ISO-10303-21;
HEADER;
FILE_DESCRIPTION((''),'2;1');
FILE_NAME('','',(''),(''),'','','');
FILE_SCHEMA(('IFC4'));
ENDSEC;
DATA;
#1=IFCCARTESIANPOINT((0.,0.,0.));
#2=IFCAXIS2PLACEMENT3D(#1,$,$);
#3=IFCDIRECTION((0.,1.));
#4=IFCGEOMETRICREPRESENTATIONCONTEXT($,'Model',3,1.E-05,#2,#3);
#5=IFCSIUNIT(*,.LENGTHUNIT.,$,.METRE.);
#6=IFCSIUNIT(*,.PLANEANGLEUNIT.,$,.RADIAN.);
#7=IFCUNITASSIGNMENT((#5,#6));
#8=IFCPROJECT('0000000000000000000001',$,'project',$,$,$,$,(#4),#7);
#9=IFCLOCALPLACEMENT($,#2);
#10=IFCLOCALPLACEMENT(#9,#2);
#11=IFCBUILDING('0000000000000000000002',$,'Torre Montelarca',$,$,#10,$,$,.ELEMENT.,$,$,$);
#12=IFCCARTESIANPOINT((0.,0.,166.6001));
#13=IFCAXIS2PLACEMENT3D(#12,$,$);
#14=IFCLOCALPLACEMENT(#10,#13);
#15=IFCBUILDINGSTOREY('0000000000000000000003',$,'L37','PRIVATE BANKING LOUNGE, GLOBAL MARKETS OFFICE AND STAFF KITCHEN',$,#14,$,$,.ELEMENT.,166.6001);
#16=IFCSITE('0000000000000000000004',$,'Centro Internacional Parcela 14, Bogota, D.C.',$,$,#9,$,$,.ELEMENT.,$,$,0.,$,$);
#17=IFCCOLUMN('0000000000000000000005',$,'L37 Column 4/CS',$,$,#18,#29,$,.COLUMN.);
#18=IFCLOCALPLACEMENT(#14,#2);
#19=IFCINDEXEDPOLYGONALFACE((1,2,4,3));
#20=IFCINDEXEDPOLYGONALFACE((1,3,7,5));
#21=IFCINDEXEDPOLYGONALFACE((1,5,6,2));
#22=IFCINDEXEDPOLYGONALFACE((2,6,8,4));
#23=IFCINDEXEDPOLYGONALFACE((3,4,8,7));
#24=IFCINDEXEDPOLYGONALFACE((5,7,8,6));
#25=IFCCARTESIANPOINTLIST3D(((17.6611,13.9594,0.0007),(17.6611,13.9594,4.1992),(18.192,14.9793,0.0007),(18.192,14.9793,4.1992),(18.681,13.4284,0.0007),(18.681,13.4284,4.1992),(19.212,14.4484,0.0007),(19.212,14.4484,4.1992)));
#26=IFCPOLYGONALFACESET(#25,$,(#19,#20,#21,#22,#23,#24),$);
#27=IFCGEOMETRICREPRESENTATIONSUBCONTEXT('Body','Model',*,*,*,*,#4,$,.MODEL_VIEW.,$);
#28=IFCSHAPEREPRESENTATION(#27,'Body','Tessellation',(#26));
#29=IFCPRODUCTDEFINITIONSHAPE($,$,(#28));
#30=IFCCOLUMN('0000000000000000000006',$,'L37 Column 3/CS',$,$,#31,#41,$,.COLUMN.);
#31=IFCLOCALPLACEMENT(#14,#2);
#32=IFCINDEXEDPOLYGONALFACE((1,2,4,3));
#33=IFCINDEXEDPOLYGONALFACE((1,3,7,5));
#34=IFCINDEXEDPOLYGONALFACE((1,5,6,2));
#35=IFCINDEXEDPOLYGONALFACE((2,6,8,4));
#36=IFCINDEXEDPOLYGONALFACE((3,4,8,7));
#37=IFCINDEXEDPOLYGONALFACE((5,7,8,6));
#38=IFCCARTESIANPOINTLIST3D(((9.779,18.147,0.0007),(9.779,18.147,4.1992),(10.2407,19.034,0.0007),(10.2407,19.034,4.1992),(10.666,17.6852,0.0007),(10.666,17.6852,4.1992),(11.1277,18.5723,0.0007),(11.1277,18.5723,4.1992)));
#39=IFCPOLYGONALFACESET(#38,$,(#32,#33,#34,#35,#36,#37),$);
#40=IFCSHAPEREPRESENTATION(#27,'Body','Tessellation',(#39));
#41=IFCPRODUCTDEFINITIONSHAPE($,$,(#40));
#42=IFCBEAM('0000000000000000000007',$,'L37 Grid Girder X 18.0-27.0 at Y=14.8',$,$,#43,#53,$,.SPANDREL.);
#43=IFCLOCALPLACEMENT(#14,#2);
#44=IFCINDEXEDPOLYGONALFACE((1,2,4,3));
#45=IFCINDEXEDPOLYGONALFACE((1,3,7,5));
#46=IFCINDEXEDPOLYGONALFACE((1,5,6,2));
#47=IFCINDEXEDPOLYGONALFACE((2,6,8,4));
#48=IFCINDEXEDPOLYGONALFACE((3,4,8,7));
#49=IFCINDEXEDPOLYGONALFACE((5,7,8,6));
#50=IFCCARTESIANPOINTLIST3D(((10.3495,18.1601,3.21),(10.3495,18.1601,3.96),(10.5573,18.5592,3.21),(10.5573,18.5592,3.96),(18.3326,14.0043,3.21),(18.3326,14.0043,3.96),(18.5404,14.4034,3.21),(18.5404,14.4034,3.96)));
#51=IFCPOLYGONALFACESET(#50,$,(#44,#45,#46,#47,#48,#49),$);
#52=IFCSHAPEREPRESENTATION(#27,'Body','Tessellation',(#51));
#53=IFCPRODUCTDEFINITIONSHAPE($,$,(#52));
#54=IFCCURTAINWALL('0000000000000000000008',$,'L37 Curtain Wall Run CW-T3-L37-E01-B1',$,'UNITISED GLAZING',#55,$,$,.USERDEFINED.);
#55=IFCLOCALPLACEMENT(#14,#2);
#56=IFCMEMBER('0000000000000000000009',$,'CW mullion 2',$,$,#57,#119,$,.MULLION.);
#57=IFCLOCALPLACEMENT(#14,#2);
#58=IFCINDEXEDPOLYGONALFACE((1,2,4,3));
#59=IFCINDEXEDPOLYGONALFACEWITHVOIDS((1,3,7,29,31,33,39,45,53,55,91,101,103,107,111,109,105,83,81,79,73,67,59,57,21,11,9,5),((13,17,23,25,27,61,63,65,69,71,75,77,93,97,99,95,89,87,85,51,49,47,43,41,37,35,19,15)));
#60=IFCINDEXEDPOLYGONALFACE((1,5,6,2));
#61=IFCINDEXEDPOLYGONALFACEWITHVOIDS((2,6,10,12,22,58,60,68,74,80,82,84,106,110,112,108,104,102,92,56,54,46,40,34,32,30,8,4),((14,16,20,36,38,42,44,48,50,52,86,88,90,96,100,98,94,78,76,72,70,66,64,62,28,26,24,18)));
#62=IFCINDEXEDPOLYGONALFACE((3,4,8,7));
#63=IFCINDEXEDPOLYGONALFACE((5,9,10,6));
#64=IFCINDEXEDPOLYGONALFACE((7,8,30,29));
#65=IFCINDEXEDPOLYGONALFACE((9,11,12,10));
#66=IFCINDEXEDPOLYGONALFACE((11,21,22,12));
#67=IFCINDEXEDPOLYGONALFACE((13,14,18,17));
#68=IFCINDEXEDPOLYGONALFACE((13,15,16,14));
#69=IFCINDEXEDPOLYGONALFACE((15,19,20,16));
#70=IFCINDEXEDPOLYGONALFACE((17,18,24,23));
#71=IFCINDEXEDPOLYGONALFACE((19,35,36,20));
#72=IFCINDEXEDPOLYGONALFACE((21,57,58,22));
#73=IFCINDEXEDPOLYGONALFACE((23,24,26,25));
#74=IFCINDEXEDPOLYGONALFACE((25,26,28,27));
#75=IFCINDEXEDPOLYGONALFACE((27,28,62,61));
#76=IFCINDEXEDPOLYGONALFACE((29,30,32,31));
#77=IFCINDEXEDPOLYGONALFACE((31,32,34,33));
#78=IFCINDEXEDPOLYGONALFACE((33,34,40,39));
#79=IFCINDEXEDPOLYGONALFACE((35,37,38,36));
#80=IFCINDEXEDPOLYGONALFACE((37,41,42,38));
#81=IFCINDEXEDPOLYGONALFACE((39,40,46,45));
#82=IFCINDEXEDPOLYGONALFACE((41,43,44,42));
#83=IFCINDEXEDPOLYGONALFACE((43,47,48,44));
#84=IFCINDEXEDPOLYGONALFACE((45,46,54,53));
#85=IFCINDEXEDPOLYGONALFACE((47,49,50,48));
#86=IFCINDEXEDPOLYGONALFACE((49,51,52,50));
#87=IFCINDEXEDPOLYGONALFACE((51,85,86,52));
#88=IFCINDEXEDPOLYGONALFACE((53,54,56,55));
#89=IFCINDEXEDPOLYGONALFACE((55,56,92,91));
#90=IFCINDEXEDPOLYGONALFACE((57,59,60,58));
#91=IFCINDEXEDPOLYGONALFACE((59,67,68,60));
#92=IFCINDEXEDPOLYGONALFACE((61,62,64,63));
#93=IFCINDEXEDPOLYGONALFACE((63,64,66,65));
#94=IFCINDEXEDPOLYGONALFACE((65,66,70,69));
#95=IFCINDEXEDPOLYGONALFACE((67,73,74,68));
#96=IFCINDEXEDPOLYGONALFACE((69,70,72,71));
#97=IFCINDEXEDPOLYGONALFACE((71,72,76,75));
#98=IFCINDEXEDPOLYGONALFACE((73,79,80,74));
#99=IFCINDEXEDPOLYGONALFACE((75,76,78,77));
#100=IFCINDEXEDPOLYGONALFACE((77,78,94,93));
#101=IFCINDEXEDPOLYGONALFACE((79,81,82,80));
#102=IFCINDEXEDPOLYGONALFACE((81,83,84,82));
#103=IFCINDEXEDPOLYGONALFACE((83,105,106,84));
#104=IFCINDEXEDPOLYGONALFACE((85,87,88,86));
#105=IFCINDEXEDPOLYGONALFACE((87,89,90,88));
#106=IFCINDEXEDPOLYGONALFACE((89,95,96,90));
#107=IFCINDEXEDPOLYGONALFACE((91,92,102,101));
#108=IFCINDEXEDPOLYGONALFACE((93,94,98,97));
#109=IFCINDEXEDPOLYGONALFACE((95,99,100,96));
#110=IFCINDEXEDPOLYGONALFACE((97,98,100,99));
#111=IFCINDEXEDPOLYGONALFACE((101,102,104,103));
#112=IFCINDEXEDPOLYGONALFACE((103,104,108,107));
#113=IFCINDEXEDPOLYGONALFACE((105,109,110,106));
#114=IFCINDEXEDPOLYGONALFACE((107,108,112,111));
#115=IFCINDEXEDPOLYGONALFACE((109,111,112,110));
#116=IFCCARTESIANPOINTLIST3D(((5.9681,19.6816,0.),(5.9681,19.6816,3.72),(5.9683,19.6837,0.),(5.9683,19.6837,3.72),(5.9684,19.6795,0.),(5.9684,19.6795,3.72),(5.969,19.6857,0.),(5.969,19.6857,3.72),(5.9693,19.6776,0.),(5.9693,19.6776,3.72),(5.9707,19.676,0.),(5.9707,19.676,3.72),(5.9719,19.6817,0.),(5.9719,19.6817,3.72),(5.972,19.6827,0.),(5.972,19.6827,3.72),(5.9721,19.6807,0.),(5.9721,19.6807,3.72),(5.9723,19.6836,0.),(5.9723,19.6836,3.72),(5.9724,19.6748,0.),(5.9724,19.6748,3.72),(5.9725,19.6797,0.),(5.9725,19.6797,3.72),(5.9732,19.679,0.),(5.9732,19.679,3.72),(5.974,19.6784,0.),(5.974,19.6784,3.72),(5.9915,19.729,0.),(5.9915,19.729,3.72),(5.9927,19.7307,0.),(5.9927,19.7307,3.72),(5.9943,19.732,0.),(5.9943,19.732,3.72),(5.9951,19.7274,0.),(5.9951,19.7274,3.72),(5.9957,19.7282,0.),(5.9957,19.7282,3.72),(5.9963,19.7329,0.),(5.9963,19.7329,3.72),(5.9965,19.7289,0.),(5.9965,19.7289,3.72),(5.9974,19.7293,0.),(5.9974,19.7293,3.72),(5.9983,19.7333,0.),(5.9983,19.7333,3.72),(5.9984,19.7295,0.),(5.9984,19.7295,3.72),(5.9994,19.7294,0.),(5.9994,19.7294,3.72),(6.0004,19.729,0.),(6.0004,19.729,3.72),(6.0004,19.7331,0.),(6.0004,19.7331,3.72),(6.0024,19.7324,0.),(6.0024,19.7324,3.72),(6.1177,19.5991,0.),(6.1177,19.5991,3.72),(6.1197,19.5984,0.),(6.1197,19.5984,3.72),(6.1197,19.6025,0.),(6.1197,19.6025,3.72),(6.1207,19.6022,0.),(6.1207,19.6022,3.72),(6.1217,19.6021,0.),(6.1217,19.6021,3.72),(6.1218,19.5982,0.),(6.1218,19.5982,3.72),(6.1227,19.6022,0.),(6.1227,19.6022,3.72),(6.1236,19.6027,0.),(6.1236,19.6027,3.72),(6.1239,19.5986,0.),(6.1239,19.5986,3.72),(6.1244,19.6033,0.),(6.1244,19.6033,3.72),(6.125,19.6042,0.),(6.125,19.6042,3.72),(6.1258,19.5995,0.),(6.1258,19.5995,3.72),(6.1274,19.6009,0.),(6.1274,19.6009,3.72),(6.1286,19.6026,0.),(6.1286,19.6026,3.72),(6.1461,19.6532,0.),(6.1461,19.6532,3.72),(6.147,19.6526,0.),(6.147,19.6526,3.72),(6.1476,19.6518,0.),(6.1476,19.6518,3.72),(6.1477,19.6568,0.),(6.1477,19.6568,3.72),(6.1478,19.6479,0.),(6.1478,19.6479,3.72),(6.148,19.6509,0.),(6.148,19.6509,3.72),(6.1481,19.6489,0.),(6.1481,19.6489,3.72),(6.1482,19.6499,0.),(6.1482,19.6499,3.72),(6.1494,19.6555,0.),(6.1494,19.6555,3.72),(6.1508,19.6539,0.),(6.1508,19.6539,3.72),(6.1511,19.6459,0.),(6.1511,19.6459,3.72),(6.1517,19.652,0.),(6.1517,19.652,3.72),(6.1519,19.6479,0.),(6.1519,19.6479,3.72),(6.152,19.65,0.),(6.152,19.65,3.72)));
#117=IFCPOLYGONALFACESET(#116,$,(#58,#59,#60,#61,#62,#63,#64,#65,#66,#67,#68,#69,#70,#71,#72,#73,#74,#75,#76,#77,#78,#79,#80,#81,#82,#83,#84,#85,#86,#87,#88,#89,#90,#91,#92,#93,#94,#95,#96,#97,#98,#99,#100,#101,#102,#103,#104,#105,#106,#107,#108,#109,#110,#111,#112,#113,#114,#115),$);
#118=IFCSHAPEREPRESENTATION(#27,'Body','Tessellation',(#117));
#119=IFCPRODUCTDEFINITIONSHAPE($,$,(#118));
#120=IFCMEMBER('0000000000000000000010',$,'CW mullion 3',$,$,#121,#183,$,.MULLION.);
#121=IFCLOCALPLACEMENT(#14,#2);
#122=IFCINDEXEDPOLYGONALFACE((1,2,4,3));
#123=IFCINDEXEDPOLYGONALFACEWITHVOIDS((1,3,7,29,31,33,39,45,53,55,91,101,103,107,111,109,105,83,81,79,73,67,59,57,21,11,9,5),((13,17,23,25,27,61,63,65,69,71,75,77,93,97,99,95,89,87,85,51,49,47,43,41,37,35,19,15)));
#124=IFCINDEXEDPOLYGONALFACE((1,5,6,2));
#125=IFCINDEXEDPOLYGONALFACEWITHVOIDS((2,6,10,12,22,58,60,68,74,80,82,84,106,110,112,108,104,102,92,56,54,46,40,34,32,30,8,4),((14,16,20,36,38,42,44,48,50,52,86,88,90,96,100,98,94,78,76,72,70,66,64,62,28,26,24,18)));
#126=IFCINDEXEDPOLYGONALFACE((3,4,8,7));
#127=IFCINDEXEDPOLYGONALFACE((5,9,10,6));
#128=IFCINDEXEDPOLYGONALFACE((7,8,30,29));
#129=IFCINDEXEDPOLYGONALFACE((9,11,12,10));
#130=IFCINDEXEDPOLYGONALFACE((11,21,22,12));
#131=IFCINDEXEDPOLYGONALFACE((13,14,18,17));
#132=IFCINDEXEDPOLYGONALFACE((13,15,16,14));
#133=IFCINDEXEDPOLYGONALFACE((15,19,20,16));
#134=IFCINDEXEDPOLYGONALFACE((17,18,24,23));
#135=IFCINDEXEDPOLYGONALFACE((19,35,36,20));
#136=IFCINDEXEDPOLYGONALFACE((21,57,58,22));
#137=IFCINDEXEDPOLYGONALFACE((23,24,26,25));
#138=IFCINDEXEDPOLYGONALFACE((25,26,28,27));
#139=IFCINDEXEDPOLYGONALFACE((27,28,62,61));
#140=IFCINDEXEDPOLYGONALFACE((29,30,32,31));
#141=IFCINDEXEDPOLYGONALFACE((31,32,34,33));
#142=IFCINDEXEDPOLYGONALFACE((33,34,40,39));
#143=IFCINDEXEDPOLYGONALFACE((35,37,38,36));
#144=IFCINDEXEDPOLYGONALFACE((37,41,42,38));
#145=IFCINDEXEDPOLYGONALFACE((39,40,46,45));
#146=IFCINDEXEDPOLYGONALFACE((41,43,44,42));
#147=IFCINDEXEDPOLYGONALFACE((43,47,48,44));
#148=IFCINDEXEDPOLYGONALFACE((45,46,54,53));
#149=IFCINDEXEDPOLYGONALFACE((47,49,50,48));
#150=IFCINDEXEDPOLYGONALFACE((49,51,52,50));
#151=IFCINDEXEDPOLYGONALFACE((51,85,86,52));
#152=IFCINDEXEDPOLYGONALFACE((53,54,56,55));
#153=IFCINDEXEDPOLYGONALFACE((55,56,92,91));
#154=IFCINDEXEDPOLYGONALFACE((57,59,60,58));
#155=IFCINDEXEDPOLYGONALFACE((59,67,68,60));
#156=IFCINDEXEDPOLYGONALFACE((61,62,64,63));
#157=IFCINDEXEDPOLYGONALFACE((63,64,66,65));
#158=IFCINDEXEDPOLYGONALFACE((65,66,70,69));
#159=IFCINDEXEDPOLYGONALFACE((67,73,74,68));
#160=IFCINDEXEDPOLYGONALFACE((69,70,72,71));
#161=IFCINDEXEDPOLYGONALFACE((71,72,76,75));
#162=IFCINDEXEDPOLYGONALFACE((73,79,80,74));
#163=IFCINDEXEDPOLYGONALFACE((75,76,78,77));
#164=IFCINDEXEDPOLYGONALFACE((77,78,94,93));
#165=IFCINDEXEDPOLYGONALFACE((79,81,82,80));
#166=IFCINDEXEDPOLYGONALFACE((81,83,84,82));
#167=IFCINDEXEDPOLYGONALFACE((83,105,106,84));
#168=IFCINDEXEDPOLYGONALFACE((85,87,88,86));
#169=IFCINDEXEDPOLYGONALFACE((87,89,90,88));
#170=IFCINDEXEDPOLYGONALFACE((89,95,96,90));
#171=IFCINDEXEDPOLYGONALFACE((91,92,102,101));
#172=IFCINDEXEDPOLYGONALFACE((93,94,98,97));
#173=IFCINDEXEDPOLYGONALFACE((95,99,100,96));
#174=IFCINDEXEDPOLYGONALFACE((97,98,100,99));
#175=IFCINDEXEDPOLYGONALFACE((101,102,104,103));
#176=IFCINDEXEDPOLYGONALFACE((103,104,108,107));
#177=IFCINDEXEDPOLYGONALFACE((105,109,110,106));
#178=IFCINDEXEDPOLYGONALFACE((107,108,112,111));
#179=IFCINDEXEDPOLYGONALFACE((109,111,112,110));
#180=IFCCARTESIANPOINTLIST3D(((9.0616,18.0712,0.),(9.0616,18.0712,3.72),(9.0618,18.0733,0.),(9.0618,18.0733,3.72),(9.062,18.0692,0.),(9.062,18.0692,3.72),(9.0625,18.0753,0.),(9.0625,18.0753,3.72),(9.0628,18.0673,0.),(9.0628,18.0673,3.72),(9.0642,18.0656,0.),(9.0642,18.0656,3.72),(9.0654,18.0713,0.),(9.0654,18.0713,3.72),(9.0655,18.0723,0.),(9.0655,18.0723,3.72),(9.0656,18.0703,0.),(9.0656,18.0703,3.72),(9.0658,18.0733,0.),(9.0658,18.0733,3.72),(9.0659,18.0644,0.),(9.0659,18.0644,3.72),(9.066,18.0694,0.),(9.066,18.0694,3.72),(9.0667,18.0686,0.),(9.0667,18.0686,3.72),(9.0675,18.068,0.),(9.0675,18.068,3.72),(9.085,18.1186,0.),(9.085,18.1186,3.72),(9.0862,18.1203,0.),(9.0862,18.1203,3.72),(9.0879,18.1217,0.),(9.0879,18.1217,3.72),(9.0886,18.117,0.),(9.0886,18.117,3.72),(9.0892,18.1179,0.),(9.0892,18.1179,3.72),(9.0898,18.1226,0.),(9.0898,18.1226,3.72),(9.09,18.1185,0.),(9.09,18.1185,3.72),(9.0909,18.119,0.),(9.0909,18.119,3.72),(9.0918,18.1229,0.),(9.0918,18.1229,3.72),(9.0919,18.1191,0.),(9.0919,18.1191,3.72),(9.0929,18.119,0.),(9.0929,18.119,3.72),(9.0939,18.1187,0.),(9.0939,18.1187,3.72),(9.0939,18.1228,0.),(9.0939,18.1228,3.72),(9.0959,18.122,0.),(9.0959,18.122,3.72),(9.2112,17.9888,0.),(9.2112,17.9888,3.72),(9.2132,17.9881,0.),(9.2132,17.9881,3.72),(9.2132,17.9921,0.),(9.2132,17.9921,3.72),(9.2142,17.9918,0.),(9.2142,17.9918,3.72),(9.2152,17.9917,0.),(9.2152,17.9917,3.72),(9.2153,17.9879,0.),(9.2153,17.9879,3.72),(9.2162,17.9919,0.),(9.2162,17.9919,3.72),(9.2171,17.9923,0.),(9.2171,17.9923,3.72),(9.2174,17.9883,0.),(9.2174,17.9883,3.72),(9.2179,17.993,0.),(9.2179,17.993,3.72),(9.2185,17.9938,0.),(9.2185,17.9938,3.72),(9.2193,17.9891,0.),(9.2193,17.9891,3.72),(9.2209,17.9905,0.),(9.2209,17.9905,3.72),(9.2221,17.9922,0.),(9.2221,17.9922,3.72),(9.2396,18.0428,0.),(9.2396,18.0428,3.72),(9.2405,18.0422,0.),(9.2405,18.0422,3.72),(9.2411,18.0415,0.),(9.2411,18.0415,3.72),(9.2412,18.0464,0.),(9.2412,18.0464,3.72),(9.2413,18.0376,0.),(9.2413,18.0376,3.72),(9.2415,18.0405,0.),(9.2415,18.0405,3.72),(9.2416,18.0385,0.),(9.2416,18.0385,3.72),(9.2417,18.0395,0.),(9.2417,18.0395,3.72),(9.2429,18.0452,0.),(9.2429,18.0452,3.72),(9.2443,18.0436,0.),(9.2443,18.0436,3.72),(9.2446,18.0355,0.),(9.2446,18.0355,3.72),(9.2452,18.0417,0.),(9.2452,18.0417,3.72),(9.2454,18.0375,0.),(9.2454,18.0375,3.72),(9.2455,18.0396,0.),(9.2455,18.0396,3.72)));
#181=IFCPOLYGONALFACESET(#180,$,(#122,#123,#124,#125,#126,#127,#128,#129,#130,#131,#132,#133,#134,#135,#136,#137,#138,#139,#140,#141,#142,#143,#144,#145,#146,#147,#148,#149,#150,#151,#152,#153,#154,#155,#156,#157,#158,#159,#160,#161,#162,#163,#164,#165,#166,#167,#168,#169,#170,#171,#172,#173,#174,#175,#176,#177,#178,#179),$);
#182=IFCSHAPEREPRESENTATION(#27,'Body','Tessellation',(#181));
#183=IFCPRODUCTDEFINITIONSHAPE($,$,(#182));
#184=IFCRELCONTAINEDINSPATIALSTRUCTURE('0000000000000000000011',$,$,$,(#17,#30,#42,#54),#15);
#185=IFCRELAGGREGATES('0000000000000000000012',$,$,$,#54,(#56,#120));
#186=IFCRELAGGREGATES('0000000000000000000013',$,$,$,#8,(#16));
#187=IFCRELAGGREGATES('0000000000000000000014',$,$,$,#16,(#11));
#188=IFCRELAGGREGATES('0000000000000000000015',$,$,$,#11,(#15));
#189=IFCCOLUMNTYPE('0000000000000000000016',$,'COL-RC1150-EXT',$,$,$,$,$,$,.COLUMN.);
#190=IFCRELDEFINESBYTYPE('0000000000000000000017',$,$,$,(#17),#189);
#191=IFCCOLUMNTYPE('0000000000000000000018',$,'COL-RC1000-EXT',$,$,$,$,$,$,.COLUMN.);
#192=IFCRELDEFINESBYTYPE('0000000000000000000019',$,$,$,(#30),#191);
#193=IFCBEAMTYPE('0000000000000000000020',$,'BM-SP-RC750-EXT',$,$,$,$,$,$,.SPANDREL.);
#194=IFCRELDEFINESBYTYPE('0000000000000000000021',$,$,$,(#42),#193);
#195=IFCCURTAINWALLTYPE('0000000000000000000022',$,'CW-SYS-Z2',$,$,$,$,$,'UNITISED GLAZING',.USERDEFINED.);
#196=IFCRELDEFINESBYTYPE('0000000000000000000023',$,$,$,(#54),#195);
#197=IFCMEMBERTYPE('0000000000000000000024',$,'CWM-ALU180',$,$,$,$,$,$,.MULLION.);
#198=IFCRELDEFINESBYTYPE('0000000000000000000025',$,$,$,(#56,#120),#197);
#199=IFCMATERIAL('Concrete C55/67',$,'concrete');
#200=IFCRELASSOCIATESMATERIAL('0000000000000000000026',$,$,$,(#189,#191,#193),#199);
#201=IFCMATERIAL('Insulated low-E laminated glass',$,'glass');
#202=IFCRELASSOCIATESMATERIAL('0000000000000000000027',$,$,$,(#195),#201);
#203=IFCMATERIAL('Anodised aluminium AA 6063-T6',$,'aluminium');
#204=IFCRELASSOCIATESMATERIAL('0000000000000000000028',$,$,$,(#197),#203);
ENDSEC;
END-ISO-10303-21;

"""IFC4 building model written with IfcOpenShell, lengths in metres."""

from ifc_helpers import new_model, si_unit, direction, frame, origin, origin_2d, place, context, subcontext, project, spatial, rectangle, hollow_rectangle, extrude, source, transform, mapped, material, material_profile, profile_set, type_object, element, aggregate, save


model = new_model("IFC4")

# Units and contexts
model_context = context("Model", 3, precision=1e-05, world=origin(), true_north=direction((0.0, 1.0)))
body_context = subcontext(model_context, "Body", "Model", "MODEL_VIEW")
ifc_project = project(units=[si_unit("LENGTHUNIT", "METRE"), si_unit("PLANEANGLEUNIT", "RADIAN")], contexts=[model_context])

# Site, building, storey
site_placement = place(None, origin())
site = spatial("IfcSite", under=ifc_project, at=site_placement, Name="Centro Internacional Parcela 14, Bogota, D.C.", CompositionType="ELEMENT", RefElevation=0.0)
building_placement = place(site_placement, origin())
building = spatial("IfcBuilding", under=site, at=building_placement, Name="Torre Montelarca", CompositionType="ELEMENT")
storey_placement = place(building_placement, frame((0.0, 0.0, 166.6001)))
storey = spatial("IfcBuildingStorey", under=building, at=storey_placement, Name="L37", Description="PRIVATE BANKING LOUNGE, GLOBAL MARKETS OFFICE AND STAFF KITCHEN", CompositionType="ELEMENT", Elevation=166.6001)

# Columns
ifc_material_1 = material(Name="Concrete C55/67", Category="concrete")
ifc_material_profile_1 = material_profile(ifc_material_1, rectangle(XDim=1.1499, YDim=1.1499, at=origin_2d()), Name="RC1150X1150", Category="concrete")
ifc_profile_set_1 = profile_set([ifc_material_profile_1], Name="Concrete C55/67")
column_type_1 = type_object("IfcColumnType", Name="COL-RC1150-EXT", PredefinedType="COLUMN", material=ifc_profile_set_1)
shared_shape_1 = source(origin(), body_context, "Body", "SweptSolid", [
    extrude(rectangle(XDim=1.1499, YDim=1.1499, at=origin_2d()), origin(), (0.0, 0.0, 1.0), 4.1985),
])
column_1_placement = place(storey_placement, frame((18.4365, 14.2039, 0.0007), z_axis=(0.0, 0.0, 1.0), x_axis=(-0.887011, 0.461749, 0.0)))
element("IfcColumn", 1, at=column_1_placement, inside=storey, type_object=column_type_1, Name="L37 Column 4/CS", PredefinedType="COLUMN", context=body_context, shape_type="MappedRepresentation", body=[
    mapped(shared_shape_1, transform((0.0, 0.0, 0.0), scale=1.0)),
])
ifc_material_profile_2 = material_profile(ifc_material_1, rectangle(XDim=1.0, YDim=1.0, at=origin_2d()), Name="RC1000X1000", Category="concrete")
ifc_profile_set_2 = profile_set([ifc_material_profile_2], Name="Concrete C55/67")
column_type_2 = type_object("IfcColumnType", Name="COL-RC1000-EXT", PredefinedType="COLUMN", material=ifc_profile_set_2)
shared_shape_2 = source(origin(), body_context, "Body", "SweptSolid", [
    extrude(rectangle(XDim=1.0, YDim=1.0, at=origin_2d()), origin(), (0.0, 0.0, 1.0), 4.1985),
])
column_2_placement = place(storey_placement, frame((10.4534, 18.3596, 0.0007), z_axis=(0.0, 0.0, 1.0), x_axis=(-0.887011, 0.461749, 0.0)))
element("IfcColumn", 2, at=column_2_placement, inside=storey, type_object=column_type_2, Name="L37 Column 3/CS", PredefinedType="COLUMN", context=body_context, shape_type="MappedRepresentation", body=[
    mapped(shared_shape_2, transform((0.0, 0.0, 0.0), scale=1.0)),
])

# Beam
ifc_material_profile_3 = material_profile(ifc_material_1, rectangle(XDim=0.45, YDim=0.75, at=origin_2d()), Name="RCB450X750", Category="concrete")
ifc_profile_set_3 = profile_set([ifc_material_profile_3], Name="Concrete C55/67")
beam_type = type_object("IfcBeamType", Name="BM-SP-RC750-EXT", PredefinedType="SPANDREL", material=ifc_profile_set_3)
shared_shape_3 = source(origin(), body_context, "Body", "SweptSolid", [
    extrude(rectangle(XDim=0.45, YDim=0.75, at=origin_2d()), origin(), (0.0, 0.0, 1.0), 9.0),
])
beam_placement = place(storey_placement, frame((10.4534, 18.3596, 3.585), z_axis=(0.887011, -0.461748, 0.0), x_axis=(0.461748, 0.887011, 0.0)))
element("IfcBeam", 3, at=beam_placement, inside=storey, type_object=beam_type, Name="L37 Grid Girder X 18.0-27.0 at Y=14.8", PredefinedType="SPANDREL", context=body_context, shape_type="MappedRepresentation", body=[
    mapped(shared_shape_3, transform((0.0, 0.0, 0.0), scale=1.0)),
])

# Curtain wall, members
ifc_material_2 = material(Name="Insulated low-E laminated glass", Category="glass")
curtain_wall_type = type_object("IfcCurtainWallType", Name="CW-SYS-Z2", ElementType="UNITISED GLAZING", PredefinedType="USERDEFINED", material=ifc_material_2)
curtain_wall_1_placement = place(storey_placement, origin())
curtain_wall_1 = element("IfcCurtainWall", 4, at=curtain_wall_1_placement, inside=storey, type_object=curtain_wall_type, Name="L37 Curtain Wall Run CW-T3-L37-E01-B1", ObjectType="UNITISED GLAZING", PredefinedType="USERDEFINED")
ifc_material_3 = material(Name="Anodised aluminium AA 6063-T6", Category="aluminium")
ifc_material_profile_4 = material_profile(ifc_material_3, hollow_rectangle(XDim=0.0649, YDim=0.1799, WallThickness=0.0039, InnerFilletRadius=0.0039, OuterFilletRadius=0.0081, at=origin_2d()), Name="ALU65X180X4", Category="aluminium")
ifc_profile_set_4 = profile_set([ifc_material_profile_4], Name="Anodised aluminium AA 6063-T6")
member_type_1 = type_object("IfcMemberType", Name="CWM-ALU180", PredefinedType="MULLION", material=ifc_profile_set_4)
shared_shape_4 = source(origin(), body_context, "Body", "SweptSolid", [
    extrude(hollow_rectangle(XDim=0.0649, YDim=0.1799, WallThickness=0.0039, InnerFilletRadius=0.0039, OuterFilletRadius=0.0081, at=origin_2d()), origin(), (0.0, 0.0, 1.0), 3.72),
])
member_1_placement = place(storey_placement, frame((6.0601, 19.6658, 0.0), z_axis=(0.0, 0.0, 1.0), x_axis=(0.461745, 0.887013, 0.0)))
member_1 = element("IfcMember", 5, at=member_1_placement, type_object=member_type_1, Name="CW mullion 2", PredefinedType="MULLION", context=body_context, shape_type="MappedRepresentation", body=[
    mapped(shared_shape_4, transform((0.0, 0.0, 0.0), scale=1.0)),
])
member_2_placement = place(storey_placement, frame((9.1536, 18.0554, 0.0), z_axis=(0.0, 0.0, 1.0), x_axis=(0.461745, 0.887013, 0.0)))
member_2 = element("IfcMember", 6, at=member_2_placement, type_object=member_type_1, Name="CW mullion 3", PredefinedType="MULLION", context=body_context, shape_type="MappedRepresentation", body=[
    mapped(shared_shape_4, transform((0.0, 0.0, 0.0), scale=1.0)),
])

aggregate(curtain_wall_1, [member_1, member_2])

save(model, "model.ifc")
